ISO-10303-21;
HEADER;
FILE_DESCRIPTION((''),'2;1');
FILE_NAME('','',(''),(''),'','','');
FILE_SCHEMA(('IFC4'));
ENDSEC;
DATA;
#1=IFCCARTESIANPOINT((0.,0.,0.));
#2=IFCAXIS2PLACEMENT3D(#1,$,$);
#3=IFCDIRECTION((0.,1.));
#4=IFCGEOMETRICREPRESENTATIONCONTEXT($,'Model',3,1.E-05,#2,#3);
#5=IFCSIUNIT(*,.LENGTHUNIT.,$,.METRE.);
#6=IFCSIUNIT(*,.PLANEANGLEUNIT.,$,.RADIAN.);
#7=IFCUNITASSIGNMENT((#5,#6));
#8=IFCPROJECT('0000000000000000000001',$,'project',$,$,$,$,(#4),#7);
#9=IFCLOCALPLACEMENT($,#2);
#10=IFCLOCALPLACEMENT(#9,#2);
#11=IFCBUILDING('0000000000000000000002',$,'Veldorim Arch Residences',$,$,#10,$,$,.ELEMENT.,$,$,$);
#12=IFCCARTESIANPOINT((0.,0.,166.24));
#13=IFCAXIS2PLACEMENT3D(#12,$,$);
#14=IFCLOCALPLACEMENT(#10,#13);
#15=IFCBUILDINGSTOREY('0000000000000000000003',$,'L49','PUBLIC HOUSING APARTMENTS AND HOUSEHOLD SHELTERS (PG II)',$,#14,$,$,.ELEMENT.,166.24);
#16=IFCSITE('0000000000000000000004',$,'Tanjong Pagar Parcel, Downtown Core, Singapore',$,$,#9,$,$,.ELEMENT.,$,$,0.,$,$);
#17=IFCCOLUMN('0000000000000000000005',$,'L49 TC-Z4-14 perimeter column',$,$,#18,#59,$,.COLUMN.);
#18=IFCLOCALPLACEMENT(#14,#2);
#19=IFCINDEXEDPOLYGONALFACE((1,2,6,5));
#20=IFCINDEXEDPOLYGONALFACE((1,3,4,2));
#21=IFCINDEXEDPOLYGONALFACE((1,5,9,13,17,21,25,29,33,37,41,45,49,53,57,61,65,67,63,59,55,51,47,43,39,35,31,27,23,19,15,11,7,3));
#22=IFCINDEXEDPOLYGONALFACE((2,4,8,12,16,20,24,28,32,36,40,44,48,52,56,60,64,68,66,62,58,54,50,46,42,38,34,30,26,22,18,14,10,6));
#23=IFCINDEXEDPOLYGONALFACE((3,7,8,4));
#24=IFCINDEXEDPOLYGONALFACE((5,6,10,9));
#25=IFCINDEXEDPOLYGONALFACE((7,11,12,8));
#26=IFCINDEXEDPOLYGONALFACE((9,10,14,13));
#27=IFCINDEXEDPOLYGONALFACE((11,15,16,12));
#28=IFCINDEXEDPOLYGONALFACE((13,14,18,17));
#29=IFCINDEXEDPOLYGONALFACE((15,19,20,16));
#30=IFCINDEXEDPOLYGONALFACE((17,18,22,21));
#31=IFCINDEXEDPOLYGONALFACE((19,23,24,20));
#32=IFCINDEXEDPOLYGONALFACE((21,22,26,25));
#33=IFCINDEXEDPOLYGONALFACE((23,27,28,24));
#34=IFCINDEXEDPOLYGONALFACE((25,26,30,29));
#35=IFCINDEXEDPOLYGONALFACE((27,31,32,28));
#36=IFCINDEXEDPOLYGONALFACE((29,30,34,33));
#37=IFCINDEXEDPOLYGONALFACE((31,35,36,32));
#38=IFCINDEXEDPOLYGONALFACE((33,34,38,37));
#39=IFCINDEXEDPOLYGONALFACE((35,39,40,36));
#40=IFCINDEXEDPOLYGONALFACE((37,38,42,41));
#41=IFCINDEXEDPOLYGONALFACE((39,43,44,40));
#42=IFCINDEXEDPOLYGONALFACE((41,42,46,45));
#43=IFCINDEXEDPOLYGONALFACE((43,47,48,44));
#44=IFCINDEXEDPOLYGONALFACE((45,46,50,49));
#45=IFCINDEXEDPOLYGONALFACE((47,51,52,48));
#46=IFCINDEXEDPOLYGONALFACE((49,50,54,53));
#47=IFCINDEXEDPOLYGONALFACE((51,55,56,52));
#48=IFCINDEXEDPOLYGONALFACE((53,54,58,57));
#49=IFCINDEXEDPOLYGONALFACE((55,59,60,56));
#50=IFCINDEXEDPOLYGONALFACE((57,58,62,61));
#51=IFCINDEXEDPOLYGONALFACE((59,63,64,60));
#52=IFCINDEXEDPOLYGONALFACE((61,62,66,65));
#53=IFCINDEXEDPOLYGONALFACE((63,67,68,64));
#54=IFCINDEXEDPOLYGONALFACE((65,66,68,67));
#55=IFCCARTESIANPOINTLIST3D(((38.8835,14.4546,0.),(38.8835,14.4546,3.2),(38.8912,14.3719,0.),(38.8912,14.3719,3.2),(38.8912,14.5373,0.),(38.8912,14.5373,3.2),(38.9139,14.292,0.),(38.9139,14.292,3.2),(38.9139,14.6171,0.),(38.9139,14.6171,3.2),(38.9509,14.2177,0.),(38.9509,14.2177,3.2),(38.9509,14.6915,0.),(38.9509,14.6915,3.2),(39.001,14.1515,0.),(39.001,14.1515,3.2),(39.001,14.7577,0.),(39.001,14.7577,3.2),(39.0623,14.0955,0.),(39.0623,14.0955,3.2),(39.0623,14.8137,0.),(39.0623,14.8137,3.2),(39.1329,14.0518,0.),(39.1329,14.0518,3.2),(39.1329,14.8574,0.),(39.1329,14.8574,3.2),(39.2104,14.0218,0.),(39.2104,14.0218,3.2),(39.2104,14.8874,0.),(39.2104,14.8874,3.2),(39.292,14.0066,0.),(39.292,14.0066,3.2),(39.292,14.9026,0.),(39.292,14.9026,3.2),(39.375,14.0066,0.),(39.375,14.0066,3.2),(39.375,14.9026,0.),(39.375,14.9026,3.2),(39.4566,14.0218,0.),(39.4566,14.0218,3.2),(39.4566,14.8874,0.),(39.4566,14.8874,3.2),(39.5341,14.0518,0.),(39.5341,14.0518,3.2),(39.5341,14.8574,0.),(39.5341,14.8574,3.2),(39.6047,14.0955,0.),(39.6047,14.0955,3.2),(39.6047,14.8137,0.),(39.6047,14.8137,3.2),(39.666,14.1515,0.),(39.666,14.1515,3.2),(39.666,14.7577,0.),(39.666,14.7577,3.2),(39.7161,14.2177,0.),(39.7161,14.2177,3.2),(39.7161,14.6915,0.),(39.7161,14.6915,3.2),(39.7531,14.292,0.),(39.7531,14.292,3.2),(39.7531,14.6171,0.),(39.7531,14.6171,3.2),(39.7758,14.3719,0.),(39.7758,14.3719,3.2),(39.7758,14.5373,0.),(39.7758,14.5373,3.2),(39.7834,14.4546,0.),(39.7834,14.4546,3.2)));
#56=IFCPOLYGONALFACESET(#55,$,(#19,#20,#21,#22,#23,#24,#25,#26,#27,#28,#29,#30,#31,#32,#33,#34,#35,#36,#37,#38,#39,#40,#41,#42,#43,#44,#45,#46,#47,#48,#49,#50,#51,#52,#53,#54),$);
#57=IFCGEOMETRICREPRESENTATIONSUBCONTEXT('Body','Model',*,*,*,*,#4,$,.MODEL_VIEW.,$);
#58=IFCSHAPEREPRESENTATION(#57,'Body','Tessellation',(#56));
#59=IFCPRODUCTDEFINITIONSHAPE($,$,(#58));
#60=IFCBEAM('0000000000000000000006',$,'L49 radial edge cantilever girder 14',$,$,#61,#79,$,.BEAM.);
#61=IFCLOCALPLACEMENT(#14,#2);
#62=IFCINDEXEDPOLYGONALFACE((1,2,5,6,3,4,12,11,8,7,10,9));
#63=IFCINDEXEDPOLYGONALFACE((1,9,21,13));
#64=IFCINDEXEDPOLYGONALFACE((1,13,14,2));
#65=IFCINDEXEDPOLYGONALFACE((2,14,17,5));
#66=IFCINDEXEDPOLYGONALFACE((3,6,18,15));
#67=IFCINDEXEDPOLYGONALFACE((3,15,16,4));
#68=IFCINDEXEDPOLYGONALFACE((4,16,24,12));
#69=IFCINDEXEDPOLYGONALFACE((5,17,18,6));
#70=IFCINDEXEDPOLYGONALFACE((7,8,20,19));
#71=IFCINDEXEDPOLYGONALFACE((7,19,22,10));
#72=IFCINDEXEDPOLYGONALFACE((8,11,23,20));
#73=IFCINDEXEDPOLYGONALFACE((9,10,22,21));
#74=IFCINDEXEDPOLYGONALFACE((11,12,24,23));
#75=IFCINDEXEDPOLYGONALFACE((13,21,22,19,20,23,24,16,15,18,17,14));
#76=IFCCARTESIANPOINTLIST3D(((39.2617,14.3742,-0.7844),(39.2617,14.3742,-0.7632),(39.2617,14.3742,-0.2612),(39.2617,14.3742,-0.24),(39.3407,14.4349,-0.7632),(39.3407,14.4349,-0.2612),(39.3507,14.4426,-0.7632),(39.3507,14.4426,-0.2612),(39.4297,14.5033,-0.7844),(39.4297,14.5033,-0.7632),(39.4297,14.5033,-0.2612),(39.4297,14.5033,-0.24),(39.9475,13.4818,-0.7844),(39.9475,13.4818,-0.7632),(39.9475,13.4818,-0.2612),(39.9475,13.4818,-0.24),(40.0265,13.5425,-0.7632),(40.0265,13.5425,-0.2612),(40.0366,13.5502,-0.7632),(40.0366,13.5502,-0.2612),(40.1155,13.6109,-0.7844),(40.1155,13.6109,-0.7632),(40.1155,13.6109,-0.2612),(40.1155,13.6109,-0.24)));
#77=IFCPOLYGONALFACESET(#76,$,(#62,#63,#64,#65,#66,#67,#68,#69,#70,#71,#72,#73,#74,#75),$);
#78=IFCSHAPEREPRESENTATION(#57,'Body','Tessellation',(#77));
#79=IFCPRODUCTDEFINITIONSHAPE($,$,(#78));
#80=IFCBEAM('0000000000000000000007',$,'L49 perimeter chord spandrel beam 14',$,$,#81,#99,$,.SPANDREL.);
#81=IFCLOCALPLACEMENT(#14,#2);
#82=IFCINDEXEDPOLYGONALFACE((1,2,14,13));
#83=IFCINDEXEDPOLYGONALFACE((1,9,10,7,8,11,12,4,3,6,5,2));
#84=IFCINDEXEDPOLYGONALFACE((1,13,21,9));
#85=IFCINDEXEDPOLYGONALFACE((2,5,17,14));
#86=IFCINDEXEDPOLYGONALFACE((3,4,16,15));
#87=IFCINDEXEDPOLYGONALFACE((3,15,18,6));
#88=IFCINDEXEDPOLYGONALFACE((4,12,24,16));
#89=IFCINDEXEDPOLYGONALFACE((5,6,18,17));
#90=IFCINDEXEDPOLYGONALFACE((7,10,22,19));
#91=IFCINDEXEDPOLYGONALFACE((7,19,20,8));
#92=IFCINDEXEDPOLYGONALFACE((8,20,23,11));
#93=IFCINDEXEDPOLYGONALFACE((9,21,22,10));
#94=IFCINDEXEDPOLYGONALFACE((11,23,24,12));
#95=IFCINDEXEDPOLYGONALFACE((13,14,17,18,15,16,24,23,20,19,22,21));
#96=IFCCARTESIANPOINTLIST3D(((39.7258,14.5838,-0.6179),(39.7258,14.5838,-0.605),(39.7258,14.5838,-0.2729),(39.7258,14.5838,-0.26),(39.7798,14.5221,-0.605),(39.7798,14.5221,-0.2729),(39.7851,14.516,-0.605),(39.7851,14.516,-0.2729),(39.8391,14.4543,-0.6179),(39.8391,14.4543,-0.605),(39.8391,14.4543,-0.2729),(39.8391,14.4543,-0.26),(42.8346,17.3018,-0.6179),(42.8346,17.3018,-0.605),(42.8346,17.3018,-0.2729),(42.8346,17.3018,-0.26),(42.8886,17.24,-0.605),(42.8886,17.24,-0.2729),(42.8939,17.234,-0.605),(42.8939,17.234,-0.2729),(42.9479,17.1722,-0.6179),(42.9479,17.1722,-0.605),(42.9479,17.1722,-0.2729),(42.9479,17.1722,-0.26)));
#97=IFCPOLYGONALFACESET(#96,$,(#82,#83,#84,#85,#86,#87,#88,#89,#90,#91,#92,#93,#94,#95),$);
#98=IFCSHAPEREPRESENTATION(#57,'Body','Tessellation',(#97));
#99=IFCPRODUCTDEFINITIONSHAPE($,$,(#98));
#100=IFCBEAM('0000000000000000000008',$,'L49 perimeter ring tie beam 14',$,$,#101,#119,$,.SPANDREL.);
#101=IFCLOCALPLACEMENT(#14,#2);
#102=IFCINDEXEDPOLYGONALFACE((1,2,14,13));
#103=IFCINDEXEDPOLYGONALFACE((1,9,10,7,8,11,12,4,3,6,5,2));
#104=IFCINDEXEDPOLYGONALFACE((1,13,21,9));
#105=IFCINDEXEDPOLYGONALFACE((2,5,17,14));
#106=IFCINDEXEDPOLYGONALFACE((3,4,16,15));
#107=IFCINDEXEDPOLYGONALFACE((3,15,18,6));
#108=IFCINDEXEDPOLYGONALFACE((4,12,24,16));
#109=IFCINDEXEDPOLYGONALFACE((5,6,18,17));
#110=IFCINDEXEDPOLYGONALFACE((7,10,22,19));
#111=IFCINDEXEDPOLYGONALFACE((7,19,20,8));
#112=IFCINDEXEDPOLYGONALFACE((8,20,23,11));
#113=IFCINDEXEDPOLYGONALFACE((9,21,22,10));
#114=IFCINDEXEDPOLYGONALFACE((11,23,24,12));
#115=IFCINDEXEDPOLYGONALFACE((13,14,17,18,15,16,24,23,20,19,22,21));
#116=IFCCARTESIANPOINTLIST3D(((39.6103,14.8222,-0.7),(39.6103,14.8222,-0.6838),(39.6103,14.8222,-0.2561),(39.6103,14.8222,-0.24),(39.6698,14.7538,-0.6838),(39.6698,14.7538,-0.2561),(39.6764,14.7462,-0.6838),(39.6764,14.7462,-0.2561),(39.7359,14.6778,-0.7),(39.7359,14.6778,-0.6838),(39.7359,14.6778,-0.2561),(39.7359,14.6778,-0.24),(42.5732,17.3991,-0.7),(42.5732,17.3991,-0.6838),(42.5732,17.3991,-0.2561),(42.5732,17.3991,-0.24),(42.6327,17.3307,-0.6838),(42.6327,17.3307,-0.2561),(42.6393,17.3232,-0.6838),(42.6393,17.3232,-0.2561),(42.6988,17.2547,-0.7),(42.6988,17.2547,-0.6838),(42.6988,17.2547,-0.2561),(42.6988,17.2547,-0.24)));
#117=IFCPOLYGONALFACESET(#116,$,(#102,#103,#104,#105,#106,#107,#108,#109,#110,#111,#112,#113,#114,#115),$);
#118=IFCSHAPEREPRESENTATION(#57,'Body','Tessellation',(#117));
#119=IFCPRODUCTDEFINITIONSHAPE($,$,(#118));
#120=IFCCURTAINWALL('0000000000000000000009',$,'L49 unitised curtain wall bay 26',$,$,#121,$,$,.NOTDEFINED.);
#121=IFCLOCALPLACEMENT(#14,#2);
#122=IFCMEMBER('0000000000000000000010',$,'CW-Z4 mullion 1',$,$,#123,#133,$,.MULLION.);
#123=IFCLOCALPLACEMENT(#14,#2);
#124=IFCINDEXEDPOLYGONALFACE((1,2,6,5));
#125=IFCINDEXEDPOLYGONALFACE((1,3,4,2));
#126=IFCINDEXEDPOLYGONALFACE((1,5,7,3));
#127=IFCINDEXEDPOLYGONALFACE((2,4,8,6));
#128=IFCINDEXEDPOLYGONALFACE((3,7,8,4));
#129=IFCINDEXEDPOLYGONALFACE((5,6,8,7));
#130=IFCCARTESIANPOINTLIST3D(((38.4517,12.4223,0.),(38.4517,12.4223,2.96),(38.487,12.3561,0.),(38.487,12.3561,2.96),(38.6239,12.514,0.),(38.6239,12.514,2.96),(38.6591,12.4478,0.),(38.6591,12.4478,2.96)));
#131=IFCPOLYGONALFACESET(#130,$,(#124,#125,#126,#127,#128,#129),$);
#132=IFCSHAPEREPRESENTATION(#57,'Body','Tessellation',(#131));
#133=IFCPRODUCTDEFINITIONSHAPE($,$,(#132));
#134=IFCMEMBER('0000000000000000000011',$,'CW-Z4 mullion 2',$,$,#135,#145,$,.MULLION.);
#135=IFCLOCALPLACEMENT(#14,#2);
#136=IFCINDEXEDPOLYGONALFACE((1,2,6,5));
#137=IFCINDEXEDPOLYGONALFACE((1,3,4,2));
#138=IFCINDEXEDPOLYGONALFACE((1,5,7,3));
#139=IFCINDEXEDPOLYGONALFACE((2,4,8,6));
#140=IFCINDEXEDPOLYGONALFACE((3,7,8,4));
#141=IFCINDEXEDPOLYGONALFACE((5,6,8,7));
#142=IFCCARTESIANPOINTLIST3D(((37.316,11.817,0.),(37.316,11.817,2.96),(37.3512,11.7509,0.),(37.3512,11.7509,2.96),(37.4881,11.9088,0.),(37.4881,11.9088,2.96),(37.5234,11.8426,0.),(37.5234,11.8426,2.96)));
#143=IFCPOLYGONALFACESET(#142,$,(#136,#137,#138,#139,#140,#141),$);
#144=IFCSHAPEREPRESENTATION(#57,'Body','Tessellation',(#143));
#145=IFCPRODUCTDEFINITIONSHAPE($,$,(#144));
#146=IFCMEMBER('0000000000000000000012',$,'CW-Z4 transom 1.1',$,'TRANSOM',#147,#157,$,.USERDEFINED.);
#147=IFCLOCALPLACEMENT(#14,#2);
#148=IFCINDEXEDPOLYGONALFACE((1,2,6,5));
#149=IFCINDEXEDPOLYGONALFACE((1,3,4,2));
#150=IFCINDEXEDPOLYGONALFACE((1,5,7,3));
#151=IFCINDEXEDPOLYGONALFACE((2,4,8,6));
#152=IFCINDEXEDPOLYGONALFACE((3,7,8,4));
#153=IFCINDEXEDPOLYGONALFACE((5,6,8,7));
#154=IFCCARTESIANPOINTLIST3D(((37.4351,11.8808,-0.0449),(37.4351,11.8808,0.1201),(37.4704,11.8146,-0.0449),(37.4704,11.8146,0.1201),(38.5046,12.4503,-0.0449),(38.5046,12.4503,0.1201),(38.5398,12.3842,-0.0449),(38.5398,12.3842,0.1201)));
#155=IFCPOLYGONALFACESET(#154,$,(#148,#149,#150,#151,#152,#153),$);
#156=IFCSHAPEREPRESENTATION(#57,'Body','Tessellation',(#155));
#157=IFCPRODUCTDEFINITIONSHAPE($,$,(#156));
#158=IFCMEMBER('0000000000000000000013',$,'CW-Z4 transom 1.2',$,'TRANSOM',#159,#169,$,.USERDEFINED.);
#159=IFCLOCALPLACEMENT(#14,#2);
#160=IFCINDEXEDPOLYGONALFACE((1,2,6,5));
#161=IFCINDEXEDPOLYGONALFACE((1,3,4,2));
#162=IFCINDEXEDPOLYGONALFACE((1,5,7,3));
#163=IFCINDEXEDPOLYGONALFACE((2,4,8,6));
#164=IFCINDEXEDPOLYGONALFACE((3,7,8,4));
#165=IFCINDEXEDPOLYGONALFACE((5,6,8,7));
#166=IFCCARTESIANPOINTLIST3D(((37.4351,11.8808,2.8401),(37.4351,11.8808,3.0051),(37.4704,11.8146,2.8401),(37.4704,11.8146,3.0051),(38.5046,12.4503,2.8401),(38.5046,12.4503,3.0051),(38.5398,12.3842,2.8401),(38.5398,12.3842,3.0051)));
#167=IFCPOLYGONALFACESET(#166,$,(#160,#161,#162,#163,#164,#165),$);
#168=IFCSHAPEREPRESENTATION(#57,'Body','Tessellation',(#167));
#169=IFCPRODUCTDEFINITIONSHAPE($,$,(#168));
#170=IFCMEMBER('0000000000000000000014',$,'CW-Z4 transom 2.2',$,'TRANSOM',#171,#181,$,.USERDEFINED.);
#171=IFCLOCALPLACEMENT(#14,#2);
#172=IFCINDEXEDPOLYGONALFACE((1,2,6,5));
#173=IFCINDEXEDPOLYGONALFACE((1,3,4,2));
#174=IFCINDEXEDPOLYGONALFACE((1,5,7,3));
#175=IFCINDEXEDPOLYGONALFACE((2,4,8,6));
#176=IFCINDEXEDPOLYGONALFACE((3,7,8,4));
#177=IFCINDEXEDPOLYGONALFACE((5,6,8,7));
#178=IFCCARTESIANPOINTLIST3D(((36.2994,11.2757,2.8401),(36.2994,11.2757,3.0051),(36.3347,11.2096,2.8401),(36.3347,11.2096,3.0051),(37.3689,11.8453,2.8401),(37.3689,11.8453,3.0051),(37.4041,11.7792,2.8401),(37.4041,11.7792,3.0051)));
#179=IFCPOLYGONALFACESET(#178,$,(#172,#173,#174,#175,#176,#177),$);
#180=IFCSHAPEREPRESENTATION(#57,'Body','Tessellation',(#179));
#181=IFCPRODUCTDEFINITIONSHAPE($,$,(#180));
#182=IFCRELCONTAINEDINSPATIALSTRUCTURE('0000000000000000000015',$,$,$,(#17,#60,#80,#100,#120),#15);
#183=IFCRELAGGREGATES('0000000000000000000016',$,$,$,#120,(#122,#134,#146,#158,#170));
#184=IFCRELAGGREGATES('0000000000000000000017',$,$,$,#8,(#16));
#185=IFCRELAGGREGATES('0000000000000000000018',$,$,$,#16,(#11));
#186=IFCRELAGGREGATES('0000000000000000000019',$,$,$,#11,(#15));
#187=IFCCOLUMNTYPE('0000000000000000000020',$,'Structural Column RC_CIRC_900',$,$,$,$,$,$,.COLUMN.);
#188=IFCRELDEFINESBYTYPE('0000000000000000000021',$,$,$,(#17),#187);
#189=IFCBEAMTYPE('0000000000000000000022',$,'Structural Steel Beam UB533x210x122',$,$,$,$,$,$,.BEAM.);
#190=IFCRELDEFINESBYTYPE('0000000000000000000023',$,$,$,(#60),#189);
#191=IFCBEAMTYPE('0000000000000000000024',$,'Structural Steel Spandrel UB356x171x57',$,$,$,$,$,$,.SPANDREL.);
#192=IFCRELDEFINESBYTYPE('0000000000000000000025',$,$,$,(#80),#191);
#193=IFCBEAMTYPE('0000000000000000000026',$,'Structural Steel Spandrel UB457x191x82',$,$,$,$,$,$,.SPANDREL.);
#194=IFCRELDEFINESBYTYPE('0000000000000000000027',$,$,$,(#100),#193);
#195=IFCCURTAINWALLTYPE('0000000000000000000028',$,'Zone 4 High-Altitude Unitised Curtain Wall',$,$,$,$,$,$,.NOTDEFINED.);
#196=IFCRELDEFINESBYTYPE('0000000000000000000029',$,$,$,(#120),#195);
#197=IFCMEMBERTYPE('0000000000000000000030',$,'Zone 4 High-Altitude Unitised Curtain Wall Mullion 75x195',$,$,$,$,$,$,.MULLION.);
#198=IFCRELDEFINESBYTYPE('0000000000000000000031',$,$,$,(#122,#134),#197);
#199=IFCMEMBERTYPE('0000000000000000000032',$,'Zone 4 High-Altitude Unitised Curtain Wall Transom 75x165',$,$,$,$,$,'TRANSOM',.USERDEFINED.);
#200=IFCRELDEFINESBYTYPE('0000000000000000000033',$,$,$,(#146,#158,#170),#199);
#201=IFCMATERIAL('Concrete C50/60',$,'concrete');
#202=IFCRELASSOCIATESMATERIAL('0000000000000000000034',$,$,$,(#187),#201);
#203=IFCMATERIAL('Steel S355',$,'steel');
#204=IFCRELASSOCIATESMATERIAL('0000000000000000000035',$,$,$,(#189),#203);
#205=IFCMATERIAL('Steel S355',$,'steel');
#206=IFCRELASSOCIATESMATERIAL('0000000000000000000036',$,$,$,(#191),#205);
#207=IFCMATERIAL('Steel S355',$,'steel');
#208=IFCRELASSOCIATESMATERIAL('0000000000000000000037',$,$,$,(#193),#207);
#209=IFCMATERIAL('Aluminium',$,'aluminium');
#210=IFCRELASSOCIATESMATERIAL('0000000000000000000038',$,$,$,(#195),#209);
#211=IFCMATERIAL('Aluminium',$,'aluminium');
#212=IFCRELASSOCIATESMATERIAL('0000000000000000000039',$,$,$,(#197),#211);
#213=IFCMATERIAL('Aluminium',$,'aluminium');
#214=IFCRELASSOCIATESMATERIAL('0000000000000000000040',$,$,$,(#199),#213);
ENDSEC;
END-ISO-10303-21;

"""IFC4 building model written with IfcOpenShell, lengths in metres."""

from ifc_helpers import new_model, si_unit, direction, frame, origin, origin_2d, place, context, subcontext, project, spatial, rectangle, circle, i_section, extrude, material, material_profile, profile_set, type_object, element, aggregate, save


model = new_model("IFC4")

# Units and contexts
model_context = context("Model", 3, precision=1e-05, world=origin(), true_north=direction((0.0, 1.0)))
body_context = subcontext(model_context, "Body", "Model", "MODEL_VIEW")
ifc_project = project(units=[si_unit("LENGTHUNIT", "METRE"), si_unit("PLANEANGLEUNIT", "RADIAN")], contexts=[model_context])

# Site, building, storey
site_placement = place(None, origin())
site = spatial("IfcSite", under=ifc_project, at=site_placement, Name="Tanjong Pagar Parcel, Downtown Core, Singapore", CompositionType="ELEMENT", RefElevation=0.0)
building_placement = place(site_placement, origin())
building = spatial("IfcBuilding", under=site, at=building_placement, Name="Veldorim Arch Residences", CompositionType="ELEMENT")
storey_placement = place(building_placement, frame((0.0, 0.0, 166.24)))
storey = spatial("IfcBuildingStorey", under=building, at=storey_placement, Name="L49", Description="PUBLIC HOUSING APARTMENTS AND HOUSEHOLD SHELTERS (PG II)", CompositionType="ELEMENT", Elevation=166.24)

# Column
ifc_material_1 = material(Name="Concrete C50/60", Category="concrete")
ifc_material_profile_1 = material_profile(ifc_material_1, circle(Radius=0.45, at=origin_2d()), Name="RC_CIRC_900")
ifc_profile_set_1 = profile_set([ifc_material_profile_1], Name="Concrete C50/60")
column_type = type_object("IfcColumnType", Name="Structural Column RC_CIRC_900", PredefinedType="COLUMN", material=ifc_profile_set_1)
column_placement = place(storey_placement, frame((39.3335, 14.4546, 0.0), z_axis=(0.0, 0.0, 1.0), x_axis=(1.0, 0.0, 0.0)))
element("IfcColumn", 1, at=column_placement, inside=storey, type_object=column_type, Name="L49 TC-Z4-14 perimeter column", PredefinedType="COLUMN", context=body_context, shape_type="SweptSolid", body=[
    extrude(circle(Radius=0.45, at=origin_2d()), origin(), (0.0, 0.0, 1.0), 3.2),
])

# Beams
ifc_material_2 = material(Name="Steel S355", Category="steel")
ifc_material_profile_2 = material_profile(ifc_material_2, i_section(OverallWidth=0.2119, OverallDepth=0.5444, WebThickness=0.0127, FlangeThickness=0.0212, at=origin_2d()), Name="UB533x210x122")
ifc_profile_set_2 = profile_set([ifc_material_profile_2], Name="Steel S355")
beam_type_1 = type_object("IfcBeamType", Name="Structural Steel Beam UB533x210x122", PredefinedType="BEAM", material=ifc_profile_set_2)
beam_1_placement = place(storey_placement, frame((39.3457, 14.4387, -0.5122), z_axis=(0.609365, -0.79289, 0.0), x_axis=(0.79289, 0.609365, 0.0)))
element("IfcBeam", 2, at=beam_1_placement, inside=storey, type_object=beam_type_1, Name="L49 radial edge cantilever girder 14", PredefinedType="BEAM", context=body_context, shape_type="SweptSolid", body=[
    extrude(i_section(OverallWidth=0.2119, OverallDepth=0.5444, WebThickness=0.0127, FlangeThickness=0.0212, at=origin_2d()), origin(), (0.0, 0.0, 1.0), 1.1255),
])
ifc_material_3 = material(Name="Steel S355", Category="steel")
ifc_material_profile_3 = material_profile(ifc_material_3, i_section(OverallWidth=0.1721, OverallDepth=0.3579, WebThickness=0.0081, FlangeThickness=0.0129, at=origin_2d()), Name="UB356x171x57")
ifc_profile_set_3 = profile_set([ifc_material_profile_3], Name="Steel S355")
beam_type_2 = type_object("IfcBeamType", Name="Structural Steel Spandrel UB356x171x57", PredefinedType="SPANDREL", material=ifc_profile_set_3)
beam_2_placement = place(storey_placement, frame((39.7825, 14.519, -0.439), z_axis=(0.752848, 0.658195, 0.0), x_axis=(-0.658195, 0.752848, 0.0)))
element("IfcBeam", 3, at=beam_2_placement, inside=storey, type_object=beam_type_2, Name="L49 perimeter chord spandrel beam 14", PredefinedType="SPANDREL", context=body_context, shape_type="SweptSolid", body=[
    extrude(i_section(OverallWidth=0.1721, OverallDepth=0.3579, WebThickness=0.0081, FlangeThickness=0.0129, at=origin_2d()), origin(), (0.0, 0.0, 1.0), 4.1294),
])
ifc_material_4 = material(Name="Steel S355", Category="steel")
ifc_material_profile_4 = material_profile(ifc_material_4, i_section(OverallWidth=0.1914, OverallDepth=0.46, WebThickness=0.01, FlangeThickness=0.0161, at=origin_2d()), Name="UB457x191x82")
ifc_profile_set_4 = profile_set([ifc_material_profile_4], Name="Steel S355")
beam_type_3 = type_object("IfcBeamType", Name="Structural Steel Spandrel UB457x191x82", PredefinedType="SPANDREL", material=ifc_profile_set_4)
beam_3_placement = place(storey_placement, frame((39.6731, 14.75, -0.47), z_axis=(0.754545, 0.656248, 0.0), x_axis=(-0.656248, 0.754545, 0.0)))
element("IfcBeam", 4, at=beam_3_placement, inside=storey, type_object=beam_type_3, Name="L49 perimeter ring tie beam 14", PredefinedType="SPANDREL", context=body_context, shape_type="SweptSolid", body=[
    extrude(i_section(OverallWidth=0.1914, OverallDepth=0.46, WebThickness=0.01, FlangeThickness=0.0161, at=origin_2d()), origin(), (0.0, 0.0, 1.0), 3.9268),
])

# Curtain wall, members
ifc_material_5 = material(Name="Aluminium", Category="aluminium")
curtain_wall_type = type_object("IfcCurtainWallType", Name="Zone 4 High-Altitude Unitised Curtain Wall", PredefinedType="NOTDEFINED", material=ifc_material_5)
curtain_wall_placement = place(storey_placement, origin())
curtain_wall = element("IfcCurtainWall", 5, at=curtain_wall_placement, inside=storey, type_object=curtain_wall_type, Name="L49 unitised curtain wall bay 26", PredefinedType="NOTDEFINED")
ifc_material_6 = material(Name="Aluminium", Category="aluminium")
ifc_material_profile_5 = material_profile(ifc_material_6, rectangle(XDim=0.075, YDim=0.1951, at=origin_2d()), Name="ALU_MUL_75x195")
ifc_profile_set_5 = profile_set([ifc_material_profile_5], Name="Aluminium")
member_type_1 = type_object("IfcMemberType", Name="Zone 4 High-Altitude Unitised Curtain Wall Mullion 75x195", PredefinedType="MULLION", material=ifc_profile_set_5)
member_1_placement = place(storey_placement, frame((38.5554, 12.4351, 0.0), z_axis=(0.0, 0.0, 1.0), x_axis=(0.470186, -0.882567, 0.0)))
member_1 = element("IfcMember", 6, at=member_1_placement, type_object=member_type_1, Name="CW-Z4 mullion 1", PredefinedType="MULLION", context=body_context, shape_type="SweptSolid", body=[
    extrude(rectangle(XDim=0.075, YDim=0.1951, at=origin_2d()), origin(), (0.0, 0.0, 1.0), 2.96),
])
member_2_placement = place(storey_placement, frame((37.4197, 11.8298, 0.0), z_axis=(0.0, 0.0, 1.0), x_axis=(0.470186, -0.882567, 0.0)))
member_2 = element("IfcMember", 7, at=member_2_placement, type_object=member_type_1, Name="CW-Z4 mullion 2", PredefinedType="MULLION", context=body_context, shape_type="SweptSolid", body=[
    extrude(rectangle(XDim=0.075, YDim=0.1951, at=origin_2d()), origin(), (0.0, 0.0, 1.0), 2.96),
])
ifc_material_7 = material(Name="Aluminium", Category="aluminium")
ifc_material_profile_6 = material_profile(ifc_material_7, rectangle(XDim=0.075, YDim=0.165, at=origin_2d()), Name="ALU_TRN_75x165")
ifc_profile_set_6 = profile_set([ifc_material_profile_6], Name="Aluminium")
member_type_2 = type_object("IfcMemberType", Name="Zone 4 High-Altitude Unitised Curtain Wall Transom 75x165", ElementType="TRANSOM", PredefinedType="USERDEFINED", material=ifc_profile_set_6)
member_3_placement = place(storey_placement, frame((38.5222, 12.4172, 0.0376), z_axis=(-0.882648, -0.470034, 0.0), x_axis=(0.470034, -0.882648, 0.0)))
member_3 = element("IfcMember", 8, at=member_3_placement, type_object=member_type_2, Name="CW-Z4 transom 1.1", ObjectType="TRANSOM", PredefinedType="USERDEFINED", context=body_context, shape_type="SweptSolid", body=[
    extrude(rectangle(XDim=0.075, YDim=0.165, at=origin_2d()), origin(), (0.0, 0.0, 1.0), 1.2117),
])
member_4_placement = place(storey_placement, frame((38.5222, 12.4172, 2.9226), z_axis=(-0.882648, -0.470034, 0.0), x_axis=(0.470034, -0.882648, 0.0)))
member_4 = element("IfcMember", 9, at=member_4_placement, type_object=member_type_2, Name="CW-Z4 transom 1.2", ObjectType="TRANSOM", PredefinedType="USERDEFINED", context=body_context, shape_type="SweptSolid", body=[
    extrude(rectangle(XDim=0.075, YDim=0.165, at=origin_2d()), origin(), (0.0, 0.0, 1.0), 1.2117),
])
member_5_placement = place(storey_placement, frame((37.3865, 11.8123, 2.9226), z_axis=(-0.882604, -0.470118, 0.0), x_axis=(0.470118, -0.882604, 0.0)))
member_5 = element("IfcMember", 10, at=member_5_placement, type_object=member_type_2, Name="CW-Z4 transom 2.2", ObjectType="TRANSOM", PredefinedType="USERDEFINED", context=body_context, shape_type="SweptSolid", body=[
    extrude(rectangle(XDim=0.075, YDim=0.165, at=origin_2d()), origin(), (0.0, 0.0, 1.0), 1.2117),
])
aggregate(curtain_wall, [member_1, member_2, member_3, member_4, member_5])

save(model, "model.ifc")
